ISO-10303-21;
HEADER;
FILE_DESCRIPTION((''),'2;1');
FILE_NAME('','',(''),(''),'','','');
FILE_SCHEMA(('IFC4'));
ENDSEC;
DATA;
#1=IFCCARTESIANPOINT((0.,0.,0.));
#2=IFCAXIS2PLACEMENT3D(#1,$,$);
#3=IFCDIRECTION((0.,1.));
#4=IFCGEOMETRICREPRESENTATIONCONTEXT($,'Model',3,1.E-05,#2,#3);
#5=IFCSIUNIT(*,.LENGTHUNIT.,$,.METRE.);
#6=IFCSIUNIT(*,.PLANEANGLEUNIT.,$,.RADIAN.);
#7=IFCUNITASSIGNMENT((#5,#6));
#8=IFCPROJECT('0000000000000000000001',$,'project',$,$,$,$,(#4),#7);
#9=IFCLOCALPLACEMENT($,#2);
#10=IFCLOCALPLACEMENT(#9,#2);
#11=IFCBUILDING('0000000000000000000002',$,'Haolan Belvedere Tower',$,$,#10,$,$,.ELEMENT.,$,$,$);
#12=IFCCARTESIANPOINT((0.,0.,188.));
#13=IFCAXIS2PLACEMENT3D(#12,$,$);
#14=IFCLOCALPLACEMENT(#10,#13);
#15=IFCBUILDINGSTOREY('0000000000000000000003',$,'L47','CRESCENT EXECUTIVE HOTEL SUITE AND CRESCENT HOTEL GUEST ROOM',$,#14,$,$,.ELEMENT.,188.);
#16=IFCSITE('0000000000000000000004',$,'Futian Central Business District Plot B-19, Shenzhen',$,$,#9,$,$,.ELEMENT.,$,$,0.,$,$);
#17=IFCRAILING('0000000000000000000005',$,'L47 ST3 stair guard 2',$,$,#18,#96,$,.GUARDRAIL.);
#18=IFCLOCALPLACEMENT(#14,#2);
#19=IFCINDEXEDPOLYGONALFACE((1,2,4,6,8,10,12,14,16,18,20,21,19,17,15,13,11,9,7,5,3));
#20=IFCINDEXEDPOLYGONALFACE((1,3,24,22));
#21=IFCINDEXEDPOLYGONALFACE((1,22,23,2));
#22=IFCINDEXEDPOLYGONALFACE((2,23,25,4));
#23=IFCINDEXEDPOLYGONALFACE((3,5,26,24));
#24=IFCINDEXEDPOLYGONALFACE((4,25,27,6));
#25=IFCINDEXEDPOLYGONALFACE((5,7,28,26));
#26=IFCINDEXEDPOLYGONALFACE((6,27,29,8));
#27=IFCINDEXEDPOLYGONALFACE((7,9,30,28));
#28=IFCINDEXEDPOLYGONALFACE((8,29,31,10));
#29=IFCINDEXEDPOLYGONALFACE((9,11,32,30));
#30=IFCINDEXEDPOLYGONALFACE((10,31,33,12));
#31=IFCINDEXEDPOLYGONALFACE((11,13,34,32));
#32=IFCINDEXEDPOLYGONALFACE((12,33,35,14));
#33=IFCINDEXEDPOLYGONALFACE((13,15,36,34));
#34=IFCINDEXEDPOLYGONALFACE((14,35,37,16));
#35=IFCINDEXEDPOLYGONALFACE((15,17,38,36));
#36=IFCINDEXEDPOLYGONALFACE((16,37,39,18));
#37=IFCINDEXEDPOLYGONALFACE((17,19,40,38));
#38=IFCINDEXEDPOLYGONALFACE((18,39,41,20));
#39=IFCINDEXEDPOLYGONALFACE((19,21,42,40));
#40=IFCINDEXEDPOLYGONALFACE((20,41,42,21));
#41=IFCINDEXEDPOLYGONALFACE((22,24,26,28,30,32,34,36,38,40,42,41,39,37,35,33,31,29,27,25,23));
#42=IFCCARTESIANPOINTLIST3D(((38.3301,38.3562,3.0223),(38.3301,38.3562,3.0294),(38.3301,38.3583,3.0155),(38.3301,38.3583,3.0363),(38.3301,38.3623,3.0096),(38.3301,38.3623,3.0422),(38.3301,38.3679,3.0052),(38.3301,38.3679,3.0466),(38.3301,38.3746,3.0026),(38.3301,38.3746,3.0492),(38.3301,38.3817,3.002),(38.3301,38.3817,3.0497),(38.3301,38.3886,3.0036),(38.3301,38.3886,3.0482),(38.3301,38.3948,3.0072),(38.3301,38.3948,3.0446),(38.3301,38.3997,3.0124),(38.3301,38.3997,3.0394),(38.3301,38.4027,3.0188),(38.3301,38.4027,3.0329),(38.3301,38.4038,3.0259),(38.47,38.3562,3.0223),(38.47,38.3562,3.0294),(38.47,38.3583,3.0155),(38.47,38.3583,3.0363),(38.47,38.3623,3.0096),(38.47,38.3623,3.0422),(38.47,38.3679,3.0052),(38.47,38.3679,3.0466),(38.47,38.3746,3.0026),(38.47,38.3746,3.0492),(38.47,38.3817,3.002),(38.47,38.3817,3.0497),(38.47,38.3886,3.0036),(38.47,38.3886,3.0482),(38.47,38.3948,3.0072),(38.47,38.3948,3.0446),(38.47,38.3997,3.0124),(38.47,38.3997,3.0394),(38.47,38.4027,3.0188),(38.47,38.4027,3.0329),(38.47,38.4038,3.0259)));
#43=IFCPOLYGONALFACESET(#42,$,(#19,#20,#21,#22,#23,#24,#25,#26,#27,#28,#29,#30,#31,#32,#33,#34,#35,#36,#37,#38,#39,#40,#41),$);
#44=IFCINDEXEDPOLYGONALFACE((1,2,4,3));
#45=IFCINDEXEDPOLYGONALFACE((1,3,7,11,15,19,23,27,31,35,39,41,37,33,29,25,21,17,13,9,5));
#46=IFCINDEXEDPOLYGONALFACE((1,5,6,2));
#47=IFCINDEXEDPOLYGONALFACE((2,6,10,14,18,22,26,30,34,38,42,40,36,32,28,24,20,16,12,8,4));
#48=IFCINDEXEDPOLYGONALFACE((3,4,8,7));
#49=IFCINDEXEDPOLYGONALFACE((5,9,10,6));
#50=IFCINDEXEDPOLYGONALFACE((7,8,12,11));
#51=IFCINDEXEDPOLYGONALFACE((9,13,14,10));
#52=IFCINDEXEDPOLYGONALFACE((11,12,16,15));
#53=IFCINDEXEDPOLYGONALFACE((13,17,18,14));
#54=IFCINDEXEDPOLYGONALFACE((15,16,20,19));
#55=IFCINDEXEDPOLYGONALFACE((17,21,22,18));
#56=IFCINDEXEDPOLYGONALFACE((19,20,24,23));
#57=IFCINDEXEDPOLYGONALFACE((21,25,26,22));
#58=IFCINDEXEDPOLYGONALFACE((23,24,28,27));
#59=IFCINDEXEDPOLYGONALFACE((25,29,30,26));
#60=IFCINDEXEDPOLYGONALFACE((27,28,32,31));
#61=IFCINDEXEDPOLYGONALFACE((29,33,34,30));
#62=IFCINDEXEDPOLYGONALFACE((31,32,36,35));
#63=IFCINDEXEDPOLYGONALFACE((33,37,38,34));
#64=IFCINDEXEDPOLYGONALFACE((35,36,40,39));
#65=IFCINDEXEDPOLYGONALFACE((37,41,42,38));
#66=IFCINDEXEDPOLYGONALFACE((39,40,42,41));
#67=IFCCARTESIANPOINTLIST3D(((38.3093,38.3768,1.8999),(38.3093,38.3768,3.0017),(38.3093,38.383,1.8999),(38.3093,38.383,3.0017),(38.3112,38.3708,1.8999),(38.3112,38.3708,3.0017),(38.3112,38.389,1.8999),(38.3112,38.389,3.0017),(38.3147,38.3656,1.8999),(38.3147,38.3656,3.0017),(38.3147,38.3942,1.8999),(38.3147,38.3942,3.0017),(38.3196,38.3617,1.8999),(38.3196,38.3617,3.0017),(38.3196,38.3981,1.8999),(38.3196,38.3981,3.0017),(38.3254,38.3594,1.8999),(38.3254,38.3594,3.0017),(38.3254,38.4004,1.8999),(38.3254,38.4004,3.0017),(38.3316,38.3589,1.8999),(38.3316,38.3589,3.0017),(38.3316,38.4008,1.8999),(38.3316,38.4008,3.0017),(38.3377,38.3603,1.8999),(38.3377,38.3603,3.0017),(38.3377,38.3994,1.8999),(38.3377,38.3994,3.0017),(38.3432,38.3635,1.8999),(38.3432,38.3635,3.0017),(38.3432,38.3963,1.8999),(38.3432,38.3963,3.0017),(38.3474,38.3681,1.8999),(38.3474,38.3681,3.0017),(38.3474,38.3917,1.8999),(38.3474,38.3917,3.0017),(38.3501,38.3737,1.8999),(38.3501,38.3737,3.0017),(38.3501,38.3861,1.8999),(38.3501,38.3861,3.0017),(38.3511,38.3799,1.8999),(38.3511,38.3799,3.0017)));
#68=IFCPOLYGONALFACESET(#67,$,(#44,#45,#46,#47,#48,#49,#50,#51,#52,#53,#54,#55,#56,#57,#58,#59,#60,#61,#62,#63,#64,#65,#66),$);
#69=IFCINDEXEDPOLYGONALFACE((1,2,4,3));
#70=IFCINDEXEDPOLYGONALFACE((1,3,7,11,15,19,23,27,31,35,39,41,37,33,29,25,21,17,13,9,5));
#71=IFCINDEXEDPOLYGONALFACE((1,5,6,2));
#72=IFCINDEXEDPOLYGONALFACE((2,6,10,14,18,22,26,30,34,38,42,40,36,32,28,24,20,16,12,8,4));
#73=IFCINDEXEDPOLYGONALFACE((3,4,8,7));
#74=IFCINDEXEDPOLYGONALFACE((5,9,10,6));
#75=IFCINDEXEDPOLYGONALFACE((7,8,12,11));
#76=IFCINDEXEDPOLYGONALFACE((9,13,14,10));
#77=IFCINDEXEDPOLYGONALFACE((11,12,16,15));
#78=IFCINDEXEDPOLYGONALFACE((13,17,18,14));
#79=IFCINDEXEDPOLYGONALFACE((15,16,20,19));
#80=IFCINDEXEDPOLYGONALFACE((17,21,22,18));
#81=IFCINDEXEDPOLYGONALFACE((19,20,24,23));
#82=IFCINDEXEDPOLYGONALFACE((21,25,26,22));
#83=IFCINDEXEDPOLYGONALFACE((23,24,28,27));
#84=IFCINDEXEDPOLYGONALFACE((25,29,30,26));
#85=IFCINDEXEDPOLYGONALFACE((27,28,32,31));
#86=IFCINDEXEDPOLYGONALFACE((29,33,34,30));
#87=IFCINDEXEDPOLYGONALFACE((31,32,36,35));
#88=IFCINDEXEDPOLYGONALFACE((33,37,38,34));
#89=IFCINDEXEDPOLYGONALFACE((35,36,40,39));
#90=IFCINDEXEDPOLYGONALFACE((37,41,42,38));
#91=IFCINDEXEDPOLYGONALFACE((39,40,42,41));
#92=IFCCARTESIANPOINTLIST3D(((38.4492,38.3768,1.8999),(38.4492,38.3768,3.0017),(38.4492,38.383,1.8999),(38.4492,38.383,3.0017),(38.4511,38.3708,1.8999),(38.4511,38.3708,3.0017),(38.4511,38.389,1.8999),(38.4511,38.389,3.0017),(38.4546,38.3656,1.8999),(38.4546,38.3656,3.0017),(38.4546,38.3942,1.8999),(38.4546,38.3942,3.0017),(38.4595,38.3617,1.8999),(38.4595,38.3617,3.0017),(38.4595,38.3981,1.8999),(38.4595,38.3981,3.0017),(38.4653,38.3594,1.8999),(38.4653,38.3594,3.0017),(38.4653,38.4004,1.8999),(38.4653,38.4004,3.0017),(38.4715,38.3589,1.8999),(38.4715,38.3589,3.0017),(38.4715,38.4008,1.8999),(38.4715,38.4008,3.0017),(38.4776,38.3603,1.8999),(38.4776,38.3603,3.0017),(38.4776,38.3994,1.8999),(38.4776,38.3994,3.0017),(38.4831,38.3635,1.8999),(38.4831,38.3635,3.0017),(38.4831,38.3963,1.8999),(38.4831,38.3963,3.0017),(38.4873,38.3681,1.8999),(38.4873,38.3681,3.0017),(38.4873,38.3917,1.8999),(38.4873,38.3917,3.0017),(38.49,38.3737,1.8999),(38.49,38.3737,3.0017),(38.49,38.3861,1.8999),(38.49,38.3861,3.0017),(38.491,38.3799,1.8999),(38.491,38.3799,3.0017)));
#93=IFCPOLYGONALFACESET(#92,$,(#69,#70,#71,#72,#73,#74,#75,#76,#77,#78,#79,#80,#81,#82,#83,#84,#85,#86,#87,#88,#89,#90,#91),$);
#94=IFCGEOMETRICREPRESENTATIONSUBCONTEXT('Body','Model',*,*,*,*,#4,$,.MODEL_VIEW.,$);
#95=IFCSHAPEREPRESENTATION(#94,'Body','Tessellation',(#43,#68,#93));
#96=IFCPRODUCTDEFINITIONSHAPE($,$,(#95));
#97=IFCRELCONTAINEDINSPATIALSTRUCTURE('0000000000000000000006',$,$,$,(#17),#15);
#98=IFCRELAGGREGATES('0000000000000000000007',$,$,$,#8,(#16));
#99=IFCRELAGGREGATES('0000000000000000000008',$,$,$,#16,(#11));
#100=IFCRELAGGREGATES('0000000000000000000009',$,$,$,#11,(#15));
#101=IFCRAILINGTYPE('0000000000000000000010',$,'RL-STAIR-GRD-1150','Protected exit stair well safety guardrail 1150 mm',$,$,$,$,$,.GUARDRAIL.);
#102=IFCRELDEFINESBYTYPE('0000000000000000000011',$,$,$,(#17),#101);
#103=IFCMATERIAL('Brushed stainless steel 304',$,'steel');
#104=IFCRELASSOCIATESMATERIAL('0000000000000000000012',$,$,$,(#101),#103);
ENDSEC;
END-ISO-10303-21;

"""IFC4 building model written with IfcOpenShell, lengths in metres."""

from ifc_helpers import new_model, si_unit, direction, frame, origin, origin_2d, place, context, subcontext, project, spatial, circle, extrude, material, type_object, element, save


model = new_model("IFC4")

# Units and contexts
model_context = context("Model", 3, precision=1e-05, world=origin(), true_north=direction((0.0, 1.0)))
body_context = subcontext(model_context, "Body", "Model", "MODEL_VIEW")
ifc_project = project(units=[si_unit("LENGTHUNIT", "METRE"), si_unit("PLANEANGLEUNIT", "RADIAN")], contexts=[model_context])

# Site, building, storey
site_placement = place(None, origin())
site = spatial("IfcSite", under=ifc_project, at=site_placement, Name="Futian Central Business District Plot B-19, Shenzhen", CompositionType="ELEMENT", RefElevation=0.0)
building_placement = place(site_placement, origin())
building = spatial("IfcBuilding", under=site, at=building_placement, Name="Haolan Belvedere Tower", CompositionType="ELEMENT")
storey_placement = place(building_placement, frame((0.0, 0.0, 188.0)))
storey = spatial("IfcBuildingStorey", under=building, at=storey_placement, Name="L47", Description="CRESCENT EXECUTIVE HOTEL SUITE AND CRESCENT HOTEL GUEST ROOM", CompositionType="ELEMENT", Elevation=188.0)

# Railing
ifc_material_1 = material(Name="Brushed stainless steel 304", Category="steel")
railing_type_1 = type_object("IfcRailingType", Name="RL-STAIR-GRD-1150", Description="Protected exit stair well safety guardrail 1150 mm", PredefinedType="GUARDRAIL", material=ifc_material_1)
railing_1_placement = place(storey_placement, frame((38.3301, 38.3799, 1.8999)))
element("IfcRailing", 1, at=railing_1_placement, inside=storey, type_object=railing_type_1, Name="L47 ST3 stair guard 2", PredefinedType="GUARDRAIL", context=body_context, shape_type="SweptSolid", body=[
    extrude(circle(Radius=0.0239, at=origin_2d()), frame((0.0, 0.0, 1.126), z_axis=(1.0, 0.0, 0.0), x_axis=(0.0, 1.0, 0.0)), (0.0, 0.0, 1.0), 0.1399),
    extrude(circle(Radius=0.021, at=origin_2d()), origin(), (0.0, 0.0, 1.0), 1.1018),
    extrude(circle(Radius=0.021, at=origin_2d()), frame((0.1399, 0.0, 0.0)), (0.0, 0.0, 1.0), 1.1018),
])

save(model, "model.ifc")
